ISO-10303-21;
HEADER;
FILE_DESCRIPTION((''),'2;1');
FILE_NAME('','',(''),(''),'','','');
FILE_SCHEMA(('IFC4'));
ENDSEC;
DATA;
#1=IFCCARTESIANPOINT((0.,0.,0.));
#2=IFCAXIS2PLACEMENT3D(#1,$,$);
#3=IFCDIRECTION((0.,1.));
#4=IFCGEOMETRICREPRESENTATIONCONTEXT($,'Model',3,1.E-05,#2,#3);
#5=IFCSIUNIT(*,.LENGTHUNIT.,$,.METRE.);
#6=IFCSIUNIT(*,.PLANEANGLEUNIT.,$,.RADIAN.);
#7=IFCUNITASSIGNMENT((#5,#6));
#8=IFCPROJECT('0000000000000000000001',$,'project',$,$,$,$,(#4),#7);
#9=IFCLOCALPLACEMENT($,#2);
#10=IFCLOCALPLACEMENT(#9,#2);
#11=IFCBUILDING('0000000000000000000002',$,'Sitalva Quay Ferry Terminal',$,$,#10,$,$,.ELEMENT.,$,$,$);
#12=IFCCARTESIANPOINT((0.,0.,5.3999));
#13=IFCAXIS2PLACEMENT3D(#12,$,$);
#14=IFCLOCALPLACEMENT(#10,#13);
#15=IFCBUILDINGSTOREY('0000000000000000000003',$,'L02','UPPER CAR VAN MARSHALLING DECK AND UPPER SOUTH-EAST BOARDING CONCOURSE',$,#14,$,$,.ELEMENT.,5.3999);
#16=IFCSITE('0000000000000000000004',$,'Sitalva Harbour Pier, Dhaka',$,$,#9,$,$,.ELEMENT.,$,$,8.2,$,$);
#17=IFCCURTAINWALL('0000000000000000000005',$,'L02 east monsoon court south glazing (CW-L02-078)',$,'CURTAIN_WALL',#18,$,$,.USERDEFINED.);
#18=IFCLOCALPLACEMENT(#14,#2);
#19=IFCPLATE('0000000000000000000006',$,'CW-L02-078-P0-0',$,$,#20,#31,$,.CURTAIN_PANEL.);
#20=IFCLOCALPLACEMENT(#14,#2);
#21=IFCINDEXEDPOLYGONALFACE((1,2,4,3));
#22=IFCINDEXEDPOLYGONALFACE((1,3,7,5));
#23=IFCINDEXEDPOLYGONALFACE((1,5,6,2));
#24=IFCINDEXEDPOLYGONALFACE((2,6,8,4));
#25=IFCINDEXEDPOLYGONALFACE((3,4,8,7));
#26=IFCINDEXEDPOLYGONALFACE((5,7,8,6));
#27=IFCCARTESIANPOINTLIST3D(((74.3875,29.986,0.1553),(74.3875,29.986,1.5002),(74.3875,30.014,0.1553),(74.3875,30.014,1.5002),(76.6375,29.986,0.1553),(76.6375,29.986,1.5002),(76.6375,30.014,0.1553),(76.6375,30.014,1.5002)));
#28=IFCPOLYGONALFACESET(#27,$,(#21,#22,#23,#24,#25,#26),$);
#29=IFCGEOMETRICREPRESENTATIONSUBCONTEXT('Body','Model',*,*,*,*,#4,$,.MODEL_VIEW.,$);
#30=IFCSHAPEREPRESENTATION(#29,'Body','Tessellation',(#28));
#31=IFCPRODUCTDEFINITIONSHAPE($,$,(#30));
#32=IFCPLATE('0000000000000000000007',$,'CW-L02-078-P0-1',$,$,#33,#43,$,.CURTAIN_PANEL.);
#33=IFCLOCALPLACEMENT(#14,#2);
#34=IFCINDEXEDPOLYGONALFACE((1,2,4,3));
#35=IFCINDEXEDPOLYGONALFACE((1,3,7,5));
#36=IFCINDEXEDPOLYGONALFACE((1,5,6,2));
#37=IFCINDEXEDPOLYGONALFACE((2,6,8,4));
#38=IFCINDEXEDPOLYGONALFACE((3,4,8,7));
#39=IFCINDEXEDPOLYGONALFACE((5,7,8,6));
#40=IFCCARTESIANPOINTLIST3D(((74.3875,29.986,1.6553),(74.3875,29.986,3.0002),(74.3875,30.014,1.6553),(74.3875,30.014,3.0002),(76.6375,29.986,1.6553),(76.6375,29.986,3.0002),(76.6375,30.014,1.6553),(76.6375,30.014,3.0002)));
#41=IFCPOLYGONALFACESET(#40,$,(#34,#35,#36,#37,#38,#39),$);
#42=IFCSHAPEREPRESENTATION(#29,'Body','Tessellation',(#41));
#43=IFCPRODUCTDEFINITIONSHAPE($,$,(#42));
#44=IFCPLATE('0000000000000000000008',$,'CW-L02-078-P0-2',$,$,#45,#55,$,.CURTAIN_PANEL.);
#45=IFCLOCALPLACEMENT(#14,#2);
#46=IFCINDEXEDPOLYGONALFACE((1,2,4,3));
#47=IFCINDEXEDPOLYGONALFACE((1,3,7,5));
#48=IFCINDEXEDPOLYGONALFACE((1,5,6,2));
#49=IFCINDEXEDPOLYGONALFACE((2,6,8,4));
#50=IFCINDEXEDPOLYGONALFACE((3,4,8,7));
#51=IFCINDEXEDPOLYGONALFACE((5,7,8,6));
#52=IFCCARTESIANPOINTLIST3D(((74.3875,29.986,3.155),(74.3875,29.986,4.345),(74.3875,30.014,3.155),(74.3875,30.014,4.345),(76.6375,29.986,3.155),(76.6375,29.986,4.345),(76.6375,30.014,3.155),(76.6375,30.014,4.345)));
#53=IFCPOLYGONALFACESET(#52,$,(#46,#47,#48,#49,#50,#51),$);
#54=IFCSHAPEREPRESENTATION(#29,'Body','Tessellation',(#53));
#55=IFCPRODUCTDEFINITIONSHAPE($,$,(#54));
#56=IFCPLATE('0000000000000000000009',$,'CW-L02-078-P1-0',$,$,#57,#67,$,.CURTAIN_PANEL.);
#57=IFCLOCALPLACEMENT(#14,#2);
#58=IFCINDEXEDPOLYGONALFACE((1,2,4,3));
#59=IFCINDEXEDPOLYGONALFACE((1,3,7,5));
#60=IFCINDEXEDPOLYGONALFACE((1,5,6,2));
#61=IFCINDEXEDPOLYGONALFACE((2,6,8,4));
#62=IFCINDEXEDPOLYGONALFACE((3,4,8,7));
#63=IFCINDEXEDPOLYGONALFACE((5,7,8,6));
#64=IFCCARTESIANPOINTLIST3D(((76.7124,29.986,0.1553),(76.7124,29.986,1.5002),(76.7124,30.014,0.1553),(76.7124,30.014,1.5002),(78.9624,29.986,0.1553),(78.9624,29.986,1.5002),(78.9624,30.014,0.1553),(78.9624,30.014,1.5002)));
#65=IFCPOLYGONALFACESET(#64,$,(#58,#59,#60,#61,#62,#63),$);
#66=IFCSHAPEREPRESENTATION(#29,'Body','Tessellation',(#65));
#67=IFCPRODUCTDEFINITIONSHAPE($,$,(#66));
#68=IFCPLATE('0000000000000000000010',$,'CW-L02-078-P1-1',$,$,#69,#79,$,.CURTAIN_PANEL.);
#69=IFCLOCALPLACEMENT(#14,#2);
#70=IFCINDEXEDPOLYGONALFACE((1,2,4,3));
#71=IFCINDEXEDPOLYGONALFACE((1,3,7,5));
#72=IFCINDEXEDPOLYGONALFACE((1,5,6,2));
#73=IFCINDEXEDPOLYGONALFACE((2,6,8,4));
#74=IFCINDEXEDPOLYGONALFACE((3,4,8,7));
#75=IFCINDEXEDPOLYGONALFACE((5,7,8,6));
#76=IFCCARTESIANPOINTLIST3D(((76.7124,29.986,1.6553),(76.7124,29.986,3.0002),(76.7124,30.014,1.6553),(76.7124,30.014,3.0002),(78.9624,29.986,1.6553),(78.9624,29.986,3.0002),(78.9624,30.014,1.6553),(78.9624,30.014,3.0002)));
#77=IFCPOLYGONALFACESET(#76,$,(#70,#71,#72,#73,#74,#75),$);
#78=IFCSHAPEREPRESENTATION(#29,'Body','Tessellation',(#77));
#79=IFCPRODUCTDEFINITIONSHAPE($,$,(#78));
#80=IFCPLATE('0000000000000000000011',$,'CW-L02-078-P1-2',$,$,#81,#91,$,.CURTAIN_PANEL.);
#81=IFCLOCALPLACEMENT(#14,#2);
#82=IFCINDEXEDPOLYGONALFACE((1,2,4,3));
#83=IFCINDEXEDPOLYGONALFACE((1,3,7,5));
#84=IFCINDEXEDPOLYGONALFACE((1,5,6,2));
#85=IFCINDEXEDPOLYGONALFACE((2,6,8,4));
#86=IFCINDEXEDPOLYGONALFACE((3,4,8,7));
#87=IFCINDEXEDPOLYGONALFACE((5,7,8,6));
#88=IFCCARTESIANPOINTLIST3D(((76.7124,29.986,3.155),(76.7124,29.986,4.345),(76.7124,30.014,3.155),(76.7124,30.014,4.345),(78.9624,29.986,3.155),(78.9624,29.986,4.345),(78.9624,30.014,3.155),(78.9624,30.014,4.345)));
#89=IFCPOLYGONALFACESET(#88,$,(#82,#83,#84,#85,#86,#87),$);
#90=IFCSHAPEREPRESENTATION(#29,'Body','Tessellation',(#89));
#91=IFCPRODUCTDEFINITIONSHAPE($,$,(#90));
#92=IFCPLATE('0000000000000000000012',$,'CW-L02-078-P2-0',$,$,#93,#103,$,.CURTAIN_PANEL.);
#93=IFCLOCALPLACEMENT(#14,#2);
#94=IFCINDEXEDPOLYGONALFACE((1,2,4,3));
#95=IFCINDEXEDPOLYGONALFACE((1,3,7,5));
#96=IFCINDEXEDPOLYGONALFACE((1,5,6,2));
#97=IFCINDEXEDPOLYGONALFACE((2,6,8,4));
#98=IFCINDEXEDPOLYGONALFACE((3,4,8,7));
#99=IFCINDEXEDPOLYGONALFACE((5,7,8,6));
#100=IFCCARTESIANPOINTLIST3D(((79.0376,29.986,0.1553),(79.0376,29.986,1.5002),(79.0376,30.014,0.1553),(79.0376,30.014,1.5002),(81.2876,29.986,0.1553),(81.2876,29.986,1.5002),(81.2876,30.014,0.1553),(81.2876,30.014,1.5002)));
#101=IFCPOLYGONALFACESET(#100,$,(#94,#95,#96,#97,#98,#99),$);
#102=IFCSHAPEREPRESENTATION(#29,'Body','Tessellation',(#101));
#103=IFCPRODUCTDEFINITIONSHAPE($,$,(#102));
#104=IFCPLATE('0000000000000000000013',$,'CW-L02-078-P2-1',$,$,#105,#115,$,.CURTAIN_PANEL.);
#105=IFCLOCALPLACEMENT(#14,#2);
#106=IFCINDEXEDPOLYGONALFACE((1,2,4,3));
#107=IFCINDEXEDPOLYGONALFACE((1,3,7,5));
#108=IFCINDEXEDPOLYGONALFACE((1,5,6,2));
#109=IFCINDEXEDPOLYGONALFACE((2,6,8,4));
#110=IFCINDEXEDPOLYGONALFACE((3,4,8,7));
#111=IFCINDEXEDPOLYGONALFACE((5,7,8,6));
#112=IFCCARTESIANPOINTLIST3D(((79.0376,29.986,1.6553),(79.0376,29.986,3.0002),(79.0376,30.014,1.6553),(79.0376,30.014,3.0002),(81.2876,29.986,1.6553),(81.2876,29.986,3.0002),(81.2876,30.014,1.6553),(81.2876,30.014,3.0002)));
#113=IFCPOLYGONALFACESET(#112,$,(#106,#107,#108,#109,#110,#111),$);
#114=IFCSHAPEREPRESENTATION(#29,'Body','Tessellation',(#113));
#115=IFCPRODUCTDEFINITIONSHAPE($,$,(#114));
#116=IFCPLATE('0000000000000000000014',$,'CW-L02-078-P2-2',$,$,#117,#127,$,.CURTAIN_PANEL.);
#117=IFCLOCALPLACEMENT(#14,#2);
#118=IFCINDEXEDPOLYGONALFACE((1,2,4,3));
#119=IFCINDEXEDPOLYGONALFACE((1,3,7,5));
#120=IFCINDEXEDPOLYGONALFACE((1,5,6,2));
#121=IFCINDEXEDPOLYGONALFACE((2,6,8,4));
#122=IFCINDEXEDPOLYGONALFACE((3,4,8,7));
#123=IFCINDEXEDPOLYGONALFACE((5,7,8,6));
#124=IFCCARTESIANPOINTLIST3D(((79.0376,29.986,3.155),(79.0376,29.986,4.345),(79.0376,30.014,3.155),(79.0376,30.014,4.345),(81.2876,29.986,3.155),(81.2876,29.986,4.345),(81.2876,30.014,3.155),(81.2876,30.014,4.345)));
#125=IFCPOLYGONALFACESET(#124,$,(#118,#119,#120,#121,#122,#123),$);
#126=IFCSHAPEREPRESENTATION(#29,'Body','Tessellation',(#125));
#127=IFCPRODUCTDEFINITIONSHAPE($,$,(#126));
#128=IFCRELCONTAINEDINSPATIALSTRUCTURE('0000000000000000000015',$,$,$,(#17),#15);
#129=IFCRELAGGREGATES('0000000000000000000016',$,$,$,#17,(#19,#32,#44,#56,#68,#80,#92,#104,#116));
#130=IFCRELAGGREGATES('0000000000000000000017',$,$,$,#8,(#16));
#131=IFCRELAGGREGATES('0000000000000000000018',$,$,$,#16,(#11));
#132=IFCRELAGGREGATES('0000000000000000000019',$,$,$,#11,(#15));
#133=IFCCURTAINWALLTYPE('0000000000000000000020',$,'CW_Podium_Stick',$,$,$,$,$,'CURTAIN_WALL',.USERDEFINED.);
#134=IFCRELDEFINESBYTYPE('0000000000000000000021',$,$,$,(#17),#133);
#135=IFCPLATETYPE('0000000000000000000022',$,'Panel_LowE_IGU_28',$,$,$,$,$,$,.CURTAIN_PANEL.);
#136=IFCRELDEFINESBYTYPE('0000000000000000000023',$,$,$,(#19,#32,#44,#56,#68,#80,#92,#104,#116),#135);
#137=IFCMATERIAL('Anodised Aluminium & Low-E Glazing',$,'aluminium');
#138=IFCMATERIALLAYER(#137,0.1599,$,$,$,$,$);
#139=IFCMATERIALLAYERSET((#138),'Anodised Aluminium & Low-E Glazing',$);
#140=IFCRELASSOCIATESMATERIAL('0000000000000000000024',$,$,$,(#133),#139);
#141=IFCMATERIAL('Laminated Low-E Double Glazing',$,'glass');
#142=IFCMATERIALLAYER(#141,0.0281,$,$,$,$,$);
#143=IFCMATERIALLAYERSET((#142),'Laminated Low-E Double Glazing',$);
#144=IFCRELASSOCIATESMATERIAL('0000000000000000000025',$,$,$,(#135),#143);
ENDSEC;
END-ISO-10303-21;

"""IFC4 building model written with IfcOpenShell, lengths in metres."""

from ifc_helpers import new_model, si_unit, direction, frame, origin, origin_2d, place, context, subcontext, project, spatial, rectangle, extrude, material, layer, layer_set, type_object, element, aggregate, save


model = new_model("IFC4")

# Units and contexts
model_context = context("Model", 3, precision=1e-05, world=origin(), true_north=direction((0.0, 1.0)))
body_context = subcontext(model_context, "Body", "Model", "MODEL_VIEW")
ifc_project = project(units=[si_unit("LENGTHUNIT", "METRE"), si_unit("PLANEANGLEUNIT", "RADIAN")], contexts=[model_context])

# Site, building, storey
site_placement = place(None, origin())
site = spatial("IfcSite", under=ifc_project, at=site_placement, Name="Sitalva Harbour Pier, Dhaka", CompositionType="ELEMENT", RefElevation=8.2)
building_placement = place(site_placement, origin())
building = spatial("IfcBuilding", under=site, at=building_placement, Name="Sitalva Quay Ferry Terminal", CompositionType="ELEMENT")
storey_placement = place(building_placement, frame((0.0, 0.0, 5.3999)))
storey = spatial("IfcBuildingStorey", under=building, at=storey_placement, Name="L02", Description="UPPER CAR VAN MARSHALLING DECK AND UPPER SOUTH-EAST BOARDING CONCOURSE", CompositionType="ELEMENT", Elevation=5.3999)

# Curtain wall, plates
ifc_material_1 = material(Name="Anodised Aluminium & Low-E Glazing", Category="aluminium")
ifc_layer_1 = layer(ifc_material_1, 0.1599)
ifc_layer_set_1 = layer_set([ifc_layer_1], Name="Anodised Aluminium & Low-E Glazing")
curtain_wall_type = type_object("IfcCurtainWallType", Name="CW_Podium_Stick", ElementType="CURTAIN_WALL", PredefinedType="USERDEFINED", material=ifc_layer_set_1)
curtain_wall_placement = place(storey_placement, origin())
curtain_wall = element("IfcCurtainWall", 1, at=curtain_wall_placement, inside=storey, type_object=curtain_wall_type, Name="L02 east monsoon court south glazing (CW-L02-078)", ObjectType="CURTAIN_WALL", PredefinedType="USERDEFINED")
ifc_material_2 = material(Name="Laminated Low-E Double Glazing", Category="glass")
ifc_layer_2 = layer(ifc_material_2, 0.0281)
ifc_layer_set_2 = layer_set([ifc_layer_2], Name="Laminated Low-E Double Glazing")
plate_type = type_object("IfcPlateType", Name="Panel_LowE_IGU_28", PredefinedType="CURTAIN_PANEL", material=ifc_layer_set_2)
plate_1_placement = place(storey_placement, frame((75.5125, 30.0, 0.1553), z_axis=(0.0, 0.0, 1.0), x_axis=(1.0, 0.0, 0.0)))
plate_1 = element("IfcPlate", 2, at=plate_1_placement, type_object=plate_type, Name="CW-L02-078-P0-0", PredefinedType="CURTAIN_PANEL", context=body_context, shape_type="SweptSolid", body=[
    extrude(rectangle(XDim=2.25, YDim=0.0281, at=origin_2d()), origin(), (0.0, 0.0, 1.0), 1.345),
])
plate_2_placement = place(storey_placement, frame((75.5125, 30.0, 1.6553), z_axis=(0.0, 0.0, 1.0), x_axis=(1.0, 0.0, 0.0)))
plate_2 = element("IfcPlate", 3, at=plate_2_placement, type_object=plate_type, Name="CW-L02-078-P0-1", PredefinedType="CURTAIN_PANEL", context=body_context, shape_type="SweptSolid", body=[
    extrude(rectangle(XDim=2.25, YDim=0.0281, at=origin_2d()), origin(), (0.0, 0.0, 1.0), 1.345),
])
plate_3_placement = place(storey_placement, frame((75.5125, 30.0, 3.155), z_axis=(0.0, 0.0, 1.0), x_axis=(1.0, 0.0, 0.0)))
plate_3 = element("IfcPlate", 4, at=plate_3_placement, type_object=plate_type, Name="CW-L02-078-P0-2", PredefinedType="CURTAIN_PANEL", context=body_context, shape_type="SweptSolid", body=[
    extrude(rectangle(XDim=2.25, YDim=0.0281, at=origin_2d()), origin(), (0.0, 0.0, 1.0), 1.1899),
])
plate_4_placement = place(storey_placement, frame((77.8374, 30.0, 0.1553), z_axis=(0.0, 0.0, 1.0), x_axis=(1.0, 0.0, 0.0)))
plate_4 = element("IfcPlate", 5, at=plate_4_placement, type_object=plate_type, Name="CW-L02-078-P1-0", PredefinedType="CURTAIN_PANEL", context=body_context, shape_type="SweptSolid", body=[
    extrude(rectangle(XDim=2.25, YDim=0.0281, at=origin_2d()), origin(), (0.0, 0.0, 1.0), 1.345),
])
plate_5_placement = place(storey_placement, frame((77.8374, 30.0, 1.6553), z_axis=(0.0, 0.0, 1.0), x_axis=(1.0, 0.0, 0.0)))
plate_5 = element("IfcPlate", 6, at=plate_5_placement, type_object=plate_type, Name="CW-L02-078-P1-1", PredefinedType="CURTAIN_PANEL", context=body_context, shape_type="SweptSolid", body=[
    extrude(rectangle(XDim=2.25, YDim=0.0281, at=origin_2d()), origin(), (0.0, 0.0, 1.0), 1.345),
])
plate_6_placement = place(storey_placement, frame((77.8374, 30.0, 3.155), z_axis=(0.0, 0.0, 1.0), x_axis=(1.0, 0.0, 0.0)))
plate_6 = element("IfcPlate", 7, at=plate_6_placement, type_object=plate_type, Name="CW-L02-078-P1-2", PredefinedType="CURTAIN_PANEL", context=body_context, shape_type="SweptSolid", body=[
    extrude(rectangle(XDim=2.25, YDim=0.0281, at=origin_2d()), origin(), (0.0, 0.0, 1.0), 1.1899),
])
plate_7_placement = place(storey_placement, frame((80.1626, 30.0, 0.1553), z_axis=(0.0, 0.0, 1.0), x_axis=(1.0, 0.0, 0.0)))
plate_7 = element("IfcPlate", 8, at=plate_7_placement, type_object=plate_type, Name="CW-L02-078-P2-0", PredefinedType="CURTAIN_PANEL", context=body_context, shape_type="SweptSolid", body=[
    extrude(rectangle(XDim=2.25, YDim=0.0281, at=origin_2d()), origin(), (0.0, 0.0, 1.0), 1.345),
])
plate_8_placement = place(storey_placement, frame((80.1626, 30.0, 1.6553), z_axis=(0.0, 0.0, 1.0), x_axis=(1.0, 0.0, 0.0)))
plate_8 = element("IfcPlate", 9, at=plate_8_placement, type_object=plate_type, Name="CW-L02-078-P2-1", PredefinedType="CURTAIN_PANEL", context=body_context, shape_type="SweptSolid", body=[
    extrude(rectangle(XDim=2.25, YDim=0.0281, at=origin_2d()), origin(), (0.0, 0.0, 1.0), 1.345),
])
plate_9_placement = place(storey_placement, frame((80.1626, 30.0, 3.155), z_axis=(0.0, 0.0, 1.0), x_axis=(1.0, 0.0, 0.0)))
plate_9 = element("IfcPlate", 10, at=plate_9_placement, type_object=plate_type, Name="CW-L02-078-P2-2", PredefinedType="CURTAIN_PANEL", context=body_context, shape_type="SweptSolid", body=[
    extrude(rectangle(XDim=2.25, YDim=0.0281, at=origin_2d()), origin(), (0.0, 0.0, 1.0), 1.1899),
])
aggregate(curtain_wall, [plate_1, plate_2, plate_3, plate_4, plate_5, plate_6, plate_7, plate_8, plate_9])

save(model, "model.ifc")
